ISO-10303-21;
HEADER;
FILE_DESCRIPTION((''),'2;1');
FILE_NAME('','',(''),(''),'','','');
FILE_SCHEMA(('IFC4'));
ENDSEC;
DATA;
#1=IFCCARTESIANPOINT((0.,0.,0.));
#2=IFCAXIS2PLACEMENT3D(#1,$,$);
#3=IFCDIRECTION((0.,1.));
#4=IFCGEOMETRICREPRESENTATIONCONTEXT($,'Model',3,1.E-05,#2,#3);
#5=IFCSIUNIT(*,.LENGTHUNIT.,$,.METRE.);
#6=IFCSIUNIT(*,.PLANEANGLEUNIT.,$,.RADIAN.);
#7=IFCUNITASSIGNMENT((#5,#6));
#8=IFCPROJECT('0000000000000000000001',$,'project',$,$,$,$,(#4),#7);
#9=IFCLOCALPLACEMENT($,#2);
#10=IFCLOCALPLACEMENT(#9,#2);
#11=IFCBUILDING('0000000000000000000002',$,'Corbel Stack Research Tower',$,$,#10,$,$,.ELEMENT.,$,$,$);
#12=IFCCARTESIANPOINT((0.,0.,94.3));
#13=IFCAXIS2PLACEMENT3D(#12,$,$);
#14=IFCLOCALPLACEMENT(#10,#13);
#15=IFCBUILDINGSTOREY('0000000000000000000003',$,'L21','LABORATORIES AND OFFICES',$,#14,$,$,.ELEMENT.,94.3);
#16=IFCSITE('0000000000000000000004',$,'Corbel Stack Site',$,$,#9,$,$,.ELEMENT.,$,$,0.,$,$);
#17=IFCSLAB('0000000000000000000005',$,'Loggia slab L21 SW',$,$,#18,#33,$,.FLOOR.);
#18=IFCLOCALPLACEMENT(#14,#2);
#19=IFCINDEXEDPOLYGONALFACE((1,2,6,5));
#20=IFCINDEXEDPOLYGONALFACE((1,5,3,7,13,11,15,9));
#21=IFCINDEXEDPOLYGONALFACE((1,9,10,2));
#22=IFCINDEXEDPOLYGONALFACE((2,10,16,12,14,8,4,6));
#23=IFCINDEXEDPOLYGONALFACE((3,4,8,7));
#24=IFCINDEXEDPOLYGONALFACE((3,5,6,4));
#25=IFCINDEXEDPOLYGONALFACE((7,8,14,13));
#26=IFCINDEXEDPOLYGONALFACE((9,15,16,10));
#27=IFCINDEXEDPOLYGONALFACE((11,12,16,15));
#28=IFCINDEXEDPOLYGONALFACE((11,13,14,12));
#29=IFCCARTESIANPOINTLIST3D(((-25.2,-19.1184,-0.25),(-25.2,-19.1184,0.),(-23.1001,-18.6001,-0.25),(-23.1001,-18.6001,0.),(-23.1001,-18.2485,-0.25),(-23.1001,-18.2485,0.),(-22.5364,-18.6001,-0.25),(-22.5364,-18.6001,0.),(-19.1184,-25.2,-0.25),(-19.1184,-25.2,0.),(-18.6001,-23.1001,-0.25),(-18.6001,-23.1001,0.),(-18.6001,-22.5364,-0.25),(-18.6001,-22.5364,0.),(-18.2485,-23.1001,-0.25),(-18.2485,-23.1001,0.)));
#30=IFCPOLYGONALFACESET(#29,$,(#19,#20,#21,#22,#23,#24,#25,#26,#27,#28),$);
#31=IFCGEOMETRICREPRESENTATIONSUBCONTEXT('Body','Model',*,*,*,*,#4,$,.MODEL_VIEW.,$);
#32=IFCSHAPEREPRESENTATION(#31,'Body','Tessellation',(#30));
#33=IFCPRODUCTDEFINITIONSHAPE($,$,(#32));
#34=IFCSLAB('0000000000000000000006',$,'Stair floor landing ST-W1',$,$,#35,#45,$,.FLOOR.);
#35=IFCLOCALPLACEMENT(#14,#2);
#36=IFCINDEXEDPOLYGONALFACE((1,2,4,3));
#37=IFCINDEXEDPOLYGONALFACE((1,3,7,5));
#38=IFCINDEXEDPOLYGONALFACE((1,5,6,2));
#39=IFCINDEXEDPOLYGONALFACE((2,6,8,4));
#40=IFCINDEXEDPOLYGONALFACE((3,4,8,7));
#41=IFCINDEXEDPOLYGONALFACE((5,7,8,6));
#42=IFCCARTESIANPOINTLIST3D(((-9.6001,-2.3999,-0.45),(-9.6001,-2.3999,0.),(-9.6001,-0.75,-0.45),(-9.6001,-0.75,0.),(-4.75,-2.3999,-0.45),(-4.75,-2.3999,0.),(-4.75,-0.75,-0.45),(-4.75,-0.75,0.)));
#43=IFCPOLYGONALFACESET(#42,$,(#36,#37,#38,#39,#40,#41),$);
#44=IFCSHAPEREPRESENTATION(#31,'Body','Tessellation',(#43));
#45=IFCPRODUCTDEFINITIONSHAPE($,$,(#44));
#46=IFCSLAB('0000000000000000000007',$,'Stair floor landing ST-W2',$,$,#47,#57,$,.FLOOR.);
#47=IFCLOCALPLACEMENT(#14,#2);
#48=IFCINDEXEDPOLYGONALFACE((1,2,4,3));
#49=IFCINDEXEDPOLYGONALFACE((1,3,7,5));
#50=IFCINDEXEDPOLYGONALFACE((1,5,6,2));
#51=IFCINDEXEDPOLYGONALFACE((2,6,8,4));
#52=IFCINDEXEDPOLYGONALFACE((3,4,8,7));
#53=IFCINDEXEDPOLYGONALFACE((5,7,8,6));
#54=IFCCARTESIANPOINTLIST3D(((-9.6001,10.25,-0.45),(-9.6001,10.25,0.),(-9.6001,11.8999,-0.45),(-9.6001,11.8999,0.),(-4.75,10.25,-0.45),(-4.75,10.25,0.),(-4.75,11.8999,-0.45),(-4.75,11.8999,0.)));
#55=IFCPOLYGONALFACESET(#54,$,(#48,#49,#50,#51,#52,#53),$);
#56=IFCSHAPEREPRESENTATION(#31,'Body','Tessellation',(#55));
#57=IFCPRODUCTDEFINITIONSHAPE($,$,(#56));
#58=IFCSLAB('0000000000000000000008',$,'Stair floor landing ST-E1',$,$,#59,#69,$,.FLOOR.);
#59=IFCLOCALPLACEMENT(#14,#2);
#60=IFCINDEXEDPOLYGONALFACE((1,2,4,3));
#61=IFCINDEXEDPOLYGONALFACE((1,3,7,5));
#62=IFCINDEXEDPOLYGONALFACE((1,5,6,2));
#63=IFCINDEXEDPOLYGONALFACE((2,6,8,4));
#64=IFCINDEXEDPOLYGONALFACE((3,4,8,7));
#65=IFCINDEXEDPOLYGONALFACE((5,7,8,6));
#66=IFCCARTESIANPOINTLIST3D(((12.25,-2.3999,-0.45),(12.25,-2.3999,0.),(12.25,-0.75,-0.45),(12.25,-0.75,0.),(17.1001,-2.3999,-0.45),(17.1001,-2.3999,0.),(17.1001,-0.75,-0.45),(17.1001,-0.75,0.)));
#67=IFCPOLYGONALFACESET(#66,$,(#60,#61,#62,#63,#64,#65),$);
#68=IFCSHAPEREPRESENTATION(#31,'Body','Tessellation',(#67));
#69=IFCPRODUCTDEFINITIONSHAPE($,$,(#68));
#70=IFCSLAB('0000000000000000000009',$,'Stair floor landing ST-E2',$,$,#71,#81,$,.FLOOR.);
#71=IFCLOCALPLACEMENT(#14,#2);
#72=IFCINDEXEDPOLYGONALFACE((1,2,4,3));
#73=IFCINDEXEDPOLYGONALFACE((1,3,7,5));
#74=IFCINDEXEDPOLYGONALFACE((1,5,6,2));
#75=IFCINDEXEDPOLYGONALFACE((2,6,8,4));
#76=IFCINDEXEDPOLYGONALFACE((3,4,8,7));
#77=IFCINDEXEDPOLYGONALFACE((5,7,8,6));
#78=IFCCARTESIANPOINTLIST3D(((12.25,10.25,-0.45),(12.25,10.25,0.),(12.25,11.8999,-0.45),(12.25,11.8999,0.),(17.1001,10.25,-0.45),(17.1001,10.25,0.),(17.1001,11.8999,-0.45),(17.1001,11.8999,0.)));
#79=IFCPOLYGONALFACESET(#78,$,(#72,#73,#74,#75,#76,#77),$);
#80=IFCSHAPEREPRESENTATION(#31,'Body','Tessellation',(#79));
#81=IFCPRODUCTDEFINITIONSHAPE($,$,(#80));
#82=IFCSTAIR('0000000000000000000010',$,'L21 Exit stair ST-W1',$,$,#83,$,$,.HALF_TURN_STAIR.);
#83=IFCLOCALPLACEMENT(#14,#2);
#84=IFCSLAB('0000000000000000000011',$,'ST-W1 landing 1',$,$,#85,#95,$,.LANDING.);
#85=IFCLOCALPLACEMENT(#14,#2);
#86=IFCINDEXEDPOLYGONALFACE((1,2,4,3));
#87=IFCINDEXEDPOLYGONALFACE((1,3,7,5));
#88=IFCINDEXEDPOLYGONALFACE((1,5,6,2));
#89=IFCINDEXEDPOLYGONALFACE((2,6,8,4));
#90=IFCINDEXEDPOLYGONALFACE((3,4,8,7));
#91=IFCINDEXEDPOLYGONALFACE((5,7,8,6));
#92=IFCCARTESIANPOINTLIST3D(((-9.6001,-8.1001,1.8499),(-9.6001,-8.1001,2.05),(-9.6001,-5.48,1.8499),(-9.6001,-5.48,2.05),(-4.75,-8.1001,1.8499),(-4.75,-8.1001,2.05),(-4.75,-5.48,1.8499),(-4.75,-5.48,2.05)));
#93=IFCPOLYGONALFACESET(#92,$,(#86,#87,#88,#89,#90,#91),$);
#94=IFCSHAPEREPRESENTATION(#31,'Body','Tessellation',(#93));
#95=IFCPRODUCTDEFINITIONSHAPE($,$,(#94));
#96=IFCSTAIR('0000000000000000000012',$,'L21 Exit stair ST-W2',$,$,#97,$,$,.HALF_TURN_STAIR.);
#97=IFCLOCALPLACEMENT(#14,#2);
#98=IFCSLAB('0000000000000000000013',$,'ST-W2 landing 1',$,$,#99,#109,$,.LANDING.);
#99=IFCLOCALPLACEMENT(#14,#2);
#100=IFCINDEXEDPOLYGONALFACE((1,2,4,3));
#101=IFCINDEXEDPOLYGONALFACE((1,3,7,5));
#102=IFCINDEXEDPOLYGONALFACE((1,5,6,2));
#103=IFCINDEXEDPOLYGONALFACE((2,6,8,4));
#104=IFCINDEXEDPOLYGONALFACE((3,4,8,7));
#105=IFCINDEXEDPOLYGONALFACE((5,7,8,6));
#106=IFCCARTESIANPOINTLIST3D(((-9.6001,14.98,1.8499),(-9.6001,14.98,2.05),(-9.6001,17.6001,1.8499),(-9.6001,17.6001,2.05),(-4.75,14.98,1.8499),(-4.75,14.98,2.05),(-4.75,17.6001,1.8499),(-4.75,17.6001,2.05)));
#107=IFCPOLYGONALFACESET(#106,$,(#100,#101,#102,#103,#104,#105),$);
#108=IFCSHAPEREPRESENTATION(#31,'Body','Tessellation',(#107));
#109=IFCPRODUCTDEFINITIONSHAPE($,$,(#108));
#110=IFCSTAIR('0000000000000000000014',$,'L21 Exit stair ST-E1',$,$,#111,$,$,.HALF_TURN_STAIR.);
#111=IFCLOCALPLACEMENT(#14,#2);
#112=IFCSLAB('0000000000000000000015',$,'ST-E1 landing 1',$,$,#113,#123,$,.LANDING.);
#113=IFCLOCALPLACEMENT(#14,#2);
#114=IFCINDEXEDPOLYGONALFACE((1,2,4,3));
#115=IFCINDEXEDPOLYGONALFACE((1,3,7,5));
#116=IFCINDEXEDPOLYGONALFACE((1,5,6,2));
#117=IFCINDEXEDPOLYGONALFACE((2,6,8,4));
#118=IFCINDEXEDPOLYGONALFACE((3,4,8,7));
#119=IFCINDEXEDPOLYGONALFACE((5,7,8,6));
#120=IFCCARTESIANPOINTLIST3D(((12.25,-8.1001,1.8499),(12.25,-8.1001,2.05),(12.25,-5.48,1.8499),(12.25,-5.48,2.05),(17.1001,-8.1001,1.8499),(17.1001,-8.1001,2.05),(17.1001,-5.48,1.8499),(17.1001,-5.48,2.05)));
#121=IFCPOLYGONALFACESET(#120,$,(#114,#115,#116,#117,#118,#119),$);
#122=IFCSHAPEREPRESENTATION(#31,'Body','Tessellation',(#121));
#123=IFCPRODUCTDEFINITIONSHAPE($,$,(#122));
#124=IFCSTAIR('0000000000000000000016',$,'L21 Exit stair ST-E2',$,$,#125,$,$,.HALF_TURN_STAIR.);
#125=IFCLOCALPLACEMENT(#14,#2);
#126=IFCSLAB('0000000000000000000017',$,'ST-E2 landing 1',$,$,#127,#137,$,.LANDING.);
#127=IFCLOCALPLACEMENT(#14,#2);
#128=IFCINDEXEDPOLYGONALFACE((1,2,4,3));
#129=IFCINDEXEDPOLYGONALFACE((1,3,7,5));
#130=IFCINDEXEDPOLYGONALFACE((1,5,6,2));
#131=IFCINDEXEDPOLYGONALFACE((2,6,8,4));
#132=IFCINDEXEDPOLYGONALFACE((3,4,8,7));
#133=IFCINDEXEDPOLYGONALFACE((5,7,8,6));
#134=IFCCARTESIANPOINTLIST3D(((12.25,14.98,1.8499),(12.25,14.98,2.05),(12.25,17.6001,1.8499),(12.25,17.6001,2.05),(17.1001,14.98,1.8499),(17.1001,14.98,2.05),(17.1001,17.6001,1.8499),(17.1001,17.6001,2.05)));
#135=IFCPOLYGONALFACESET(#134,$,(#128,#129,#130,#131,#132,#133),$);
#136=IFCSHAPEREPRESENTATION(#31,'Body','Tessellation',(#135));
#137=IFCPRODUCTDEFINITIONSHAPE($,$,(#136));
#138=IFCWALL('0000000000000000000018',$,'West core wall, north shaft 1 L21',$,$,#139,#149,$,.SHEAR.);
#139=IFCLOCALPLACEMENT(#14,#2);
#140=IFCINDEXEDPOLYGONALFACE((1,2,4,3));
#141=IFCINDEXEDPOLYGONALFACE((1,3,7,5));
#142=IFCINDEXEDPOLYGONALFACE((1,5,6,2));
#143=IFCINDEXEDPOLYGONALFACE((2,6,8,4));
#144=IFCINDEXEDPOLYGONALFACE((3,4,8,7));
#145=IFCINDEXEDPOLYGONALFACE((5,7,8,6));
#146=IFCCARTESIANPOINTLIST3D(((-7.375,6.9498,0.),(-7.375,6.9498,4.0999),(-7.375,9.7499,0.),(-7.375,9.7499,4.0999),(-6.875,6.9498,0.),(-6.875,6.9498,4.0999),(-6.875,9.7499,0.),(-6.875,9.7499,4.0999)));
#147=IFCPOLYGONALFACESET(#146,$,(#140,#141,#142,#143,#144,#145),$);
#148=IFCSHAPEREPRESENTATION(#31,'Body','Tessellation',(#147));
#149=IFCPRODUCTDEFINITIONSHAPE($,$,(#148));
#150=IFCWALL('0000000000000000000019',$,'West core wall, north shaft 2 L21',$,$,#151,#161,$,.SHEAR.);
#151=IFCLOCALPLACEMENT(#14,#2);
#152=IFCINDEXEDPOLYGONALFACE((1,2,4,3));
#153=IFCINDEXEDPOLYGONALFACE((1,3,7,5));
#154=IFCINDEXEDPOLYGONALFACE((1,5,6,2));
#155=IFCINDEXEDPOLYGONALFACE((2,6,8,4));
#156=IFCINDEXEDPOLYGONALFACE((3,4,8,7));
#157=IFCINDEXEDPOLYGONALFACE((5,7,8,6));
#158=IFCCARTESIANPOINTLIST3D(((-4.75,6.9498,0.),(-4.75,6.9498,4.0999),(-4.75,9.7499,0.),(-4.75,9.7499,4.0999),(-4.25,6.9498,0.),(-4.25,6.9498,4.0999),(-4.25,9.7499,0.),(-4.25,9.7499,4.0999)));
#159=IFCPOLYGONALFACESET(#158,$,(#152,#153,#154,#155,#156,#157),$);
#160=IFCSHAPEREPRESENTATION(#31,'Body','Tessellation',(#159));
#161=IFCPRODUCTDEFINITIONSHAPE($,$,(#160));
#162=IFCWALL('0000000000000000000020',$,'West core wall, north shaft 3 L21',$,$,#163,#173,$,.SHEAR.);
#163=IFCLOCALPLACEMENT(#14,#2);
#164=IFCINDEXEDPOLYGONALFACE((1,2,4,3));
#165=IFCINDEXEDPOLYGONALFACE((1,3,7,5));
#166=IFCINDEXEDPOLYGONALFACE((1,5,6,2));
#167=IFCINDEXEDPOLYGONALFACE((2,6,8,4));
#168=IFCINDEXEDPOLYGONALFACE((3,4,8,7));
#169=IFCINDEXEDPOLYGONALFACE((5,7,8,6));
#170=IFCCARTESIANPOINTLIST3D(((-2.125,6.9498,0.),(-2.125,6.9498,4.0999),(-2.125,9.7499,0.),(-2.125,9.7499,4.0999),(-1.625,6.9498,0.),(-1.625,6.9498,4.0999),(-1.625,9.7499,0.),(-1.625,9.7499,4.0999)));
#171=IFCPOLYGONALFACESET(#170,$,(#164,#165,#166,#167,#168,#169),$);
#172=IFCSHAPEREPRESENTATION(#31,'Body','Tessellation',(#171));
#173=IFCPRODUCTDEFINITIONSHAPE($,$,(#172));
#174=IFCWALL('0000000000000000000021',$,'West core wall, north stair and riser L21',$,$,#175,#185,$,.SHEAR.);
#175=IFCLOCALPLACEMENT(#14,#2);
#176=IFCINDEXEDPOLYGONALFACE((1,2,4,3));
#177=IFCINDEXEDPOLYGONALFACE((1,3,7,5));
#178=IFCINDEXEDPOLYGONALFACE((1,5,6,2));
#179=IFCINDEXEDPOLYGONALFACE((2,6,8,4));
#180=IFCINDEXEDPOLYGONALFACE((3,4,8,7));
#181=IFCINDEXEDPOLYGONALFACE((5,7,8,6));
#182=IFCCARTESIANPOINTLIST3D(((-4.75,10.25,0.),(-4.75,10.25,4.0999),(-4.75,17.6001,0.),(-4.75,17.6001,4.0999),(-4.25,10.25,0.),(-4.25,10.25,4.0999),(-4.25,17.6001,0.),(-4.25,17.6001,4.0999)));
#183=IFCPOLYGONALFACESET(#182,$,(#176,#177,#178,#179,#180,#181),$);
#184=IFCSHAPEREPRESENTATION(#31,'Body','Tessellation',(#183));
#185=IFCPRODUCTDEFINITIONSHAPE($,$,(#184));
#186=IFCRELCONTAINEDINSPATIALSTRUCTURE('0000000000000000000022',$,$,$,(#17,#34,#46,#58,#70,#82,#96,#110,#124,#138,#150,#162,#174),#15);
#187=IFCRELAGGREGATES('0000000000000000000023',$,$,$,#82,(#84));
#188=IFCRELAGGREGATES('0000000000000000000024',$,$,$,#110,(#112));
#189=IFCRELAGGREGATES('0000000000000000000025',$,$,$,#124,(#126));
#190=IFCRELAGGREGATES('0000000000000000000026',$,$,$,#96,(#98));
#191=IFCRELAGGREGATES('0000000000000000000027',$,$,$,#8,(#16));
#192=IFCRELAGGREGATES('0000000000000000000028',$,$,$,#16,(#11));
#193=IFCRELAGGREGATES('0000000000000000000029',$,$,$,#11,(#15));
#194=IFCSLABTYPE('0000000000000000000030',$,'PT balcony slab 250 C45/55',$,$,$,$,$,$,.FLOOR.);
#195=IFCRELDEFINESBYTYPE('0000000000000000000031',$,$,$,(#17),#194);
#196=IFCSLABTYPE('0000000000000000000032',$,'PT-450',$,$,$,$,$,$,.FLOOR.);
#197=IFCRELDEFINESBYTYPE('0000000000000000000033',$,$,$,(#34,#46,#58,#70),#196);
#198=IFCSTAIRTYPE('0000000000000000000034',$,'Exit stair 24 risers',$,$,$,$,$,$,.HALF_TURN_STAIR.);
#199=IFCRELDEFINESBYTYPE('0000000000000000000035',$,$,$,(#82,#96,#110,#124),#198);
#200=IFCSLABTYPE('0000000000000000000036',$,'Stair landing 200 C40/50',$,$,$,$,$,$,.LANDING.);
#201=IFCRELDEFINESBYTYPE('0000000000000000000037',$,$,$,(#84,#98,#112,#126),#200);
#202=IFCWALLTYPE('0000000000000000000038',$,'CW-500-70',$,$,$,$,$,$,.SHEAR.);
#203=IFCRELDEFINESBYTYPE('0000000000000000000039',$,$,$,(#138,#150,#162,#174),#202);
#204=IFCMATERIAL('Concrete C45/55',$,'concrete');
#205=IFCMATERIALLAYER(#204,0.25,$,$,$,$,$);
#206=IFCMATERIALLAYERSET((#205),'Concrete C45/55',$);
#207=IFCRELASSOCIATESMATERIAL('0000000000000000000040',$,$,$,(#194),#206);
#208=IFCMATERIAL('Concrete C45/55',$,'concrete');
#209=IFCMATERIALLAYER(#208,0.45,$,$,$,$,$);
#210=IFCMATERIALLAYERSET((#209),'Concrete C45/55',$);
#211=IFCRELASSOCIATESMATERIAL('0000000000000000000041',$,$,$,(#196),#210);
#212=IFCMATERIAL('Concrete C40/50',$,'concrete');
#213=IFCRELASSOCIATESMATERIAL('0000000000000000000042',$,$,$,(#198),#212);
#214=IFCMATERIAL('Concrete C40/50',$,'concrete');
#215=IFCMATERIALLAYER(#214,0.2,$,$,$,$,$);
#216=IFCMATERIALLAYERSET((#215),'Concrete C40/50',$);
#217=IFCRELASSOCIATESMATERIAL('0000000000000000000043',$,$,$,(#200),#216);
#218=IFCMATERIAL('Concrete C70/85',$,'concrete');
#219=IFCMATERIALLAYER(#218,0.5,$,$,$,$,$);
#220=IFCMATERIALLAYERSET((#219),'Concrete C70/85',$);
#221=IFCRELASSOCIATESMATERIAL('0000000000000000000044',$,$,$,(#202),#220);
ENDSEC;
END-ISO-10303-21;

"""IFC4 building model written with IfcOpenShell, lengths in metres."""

from ifc_helpers import new_model, si_unit, direction, frame, frame_2d, origin, place, context, subcontext, project, spatial, polyline, rectangle, outline, extrude, material, layer, layer_set, type_object, element, aggregate, save


model = new_model("IFC4")

# Units and contexts
model_context = context("Model", 3, precision=1e-05, world=origin(), true_north=direction((0.0, 1.0)))
body_context = subcontext(model_context, "Body", "Model", "MODEL_VIEW")
ifc_project = project(units=[si_unit("LENGTHUNIT", "METRE"), si_unit("PLANEANGLEUNIT", "RADIAN")], contexts=[model_context])

# Site, building, storey
site_placement = place(None, origin())
site = spatial("IfcSite", under=ifc_project, at=site_placement, Name="Corbel Stack Site", CompositionType="ELEMENT", RefElevation=0.0)
building_placement = place(site_placement, origin())
building = spatial("IfcBuilding", under=site, at=building_placement, Name="Corbel Stack Research Tower", CompositionType="ELEMENT")
storey_placement = place(building_placement, frame((0.0, 0.0, 94.3)))
storey = spatial("IfcBuildingStorey", under=building, at=storey_placement, Name="L21", Description="LABORATORIES AND OFFICES", CompositionType="ELEMENT", Elevation=94.3)

# Slabs
ifc_material_1 = material(Name="Concrete C45/55", Category="concrete")
ifc_layer_1 = layer(ifc_material_1, 0.25)
ifc_layer_set_1 = layer_set([ifc_layer_1], Name="Concrete C45/55")
slab_type_1 = type_object("IfcSlabType", Name="PT balcony slab 250 C45/55", PredefinedType="FLOOR", material=ifc_layer_set_1)
slab_1_placement = place(storey_placement, frame((0.0, 0.0, -0.25)))
element("IfcSlab", 1, at=slab_1_placement, inside=storey, type_object=slab_type_1, Name="Loggia slab L21 SW", PredefinedType="FLOOR", context=body_context, shape_type="SweptSolid", body=[
    extrude(outline(polyline([(-18.2485, -23.1001), (-18.6001, -23.1001), (-18.6001, -22.5364), (-22.5364, -18.6001), (-23.1001, -18.6001), (-23.1001, -18.2485), (-25.2, -19.1184), (-19.1184, -25.2), (-18.2485, -23.1001)])), origin(), (0.0, 0.0, 1.0), 0.25),
])
ifc_material_2 = material(Name="Concrete C45/55", Category="concrete")
ifc_layer_2 = layer(ifc_material_2, 0.45)
ifc_layer_set_2 = layer_set([ifc_layer_2], Name="Concrete C45/55")
slab_type_2 = type_object("IfcSlabType", Name="PT-450", PredefinedType="FLOOR", material=ifc_layer_set_2)
slab_2_placement = place(storey_placement, frame((0.0, 0.0, -0.45)))
element("IfcSlab", 2, at=slab_2_placement, inside=storey, type_object=slab_type_2, Name="Stair floor landing ST-W1", PredefinedType="FLOOR", context=body_context, shape_type="SweptSolid", body=[
    extrude(outline(polyline([(-9.6001, -2.3999), (-4.75, -2.3999), (-4.75, -0.75), (-9.6001, -0.75), (-9.6001, -2.3999)])), origin(), (0.0, 0.0, 1.0), 0.45),
])
slab_3_placement = place(storey_placement, frame((0.0, 0.0, -0.45)))
element("IfcSlab", 3, at=slab_3_placement, inside=storey, type_object=slab_type_2, Name="Stair floor landing ST-W2", PredefinedType="FLOOR", context=body_context, shape_type="SweptSolid", body=[
    extrude(outline(polyline([(-9.6001, 10.25), (-4.75, 10.25), (-4.75, 11.8999), (-9.6001, 11.8999), (-9.6001, 10.25)])), origin(), (0.0, 0.0, 1.0), 0.45),
])
slab_4_placement = place(storey_placement, frame((0.0, 0.0, -0.45)))
element("IfcSlab", 4, at=slab_4_placement, inside=storey, type_object=slab_type_2, Name="Stair floor landing ST-E1", PredefinedType="FLOOR", context=body_context, shape_type="SweptSolid", body=[
    extrude(outline(polyline([(12.25, -2.3999), (17.1001, -2.3999), (17.1001, -0.75), (12.25, -0.75), (12.25, -2.3999)])), origin(), (0.0, 0.0, 1.0), 0.45),
])
slab_5_placement = place(storey_placement, frame((0.0, 0.0, -0.45)))
element("IfcSlab", 5, at=slab_5_placement, inside=storey, type_object=slab_type_2, Name="Stair floor landing ST-E2", PredefinedType="FLOOR", context=body_context, shape_type="SweptSolid", body=[
    extrude(outline(polyline([(12.25, 10.25), (17.1001, 10.25), (17.1001, 11.8999), (12.25, 11.8999), (12.25, 10.25)])), origin(), (0.0, 0.0, 1.0), 0.45),
])

# Stairs, slabs
ifc_material_3 = material(Name="Concrete C40/50", Category="concrete")
stair_type = type_object("IfcStairType", Name="Exit stair 24 risers", PredefinedType="HALF_TURN_STAIR", material=ifc_material_3)
stair_1_placement = place(storey_placement, origin())
stair_1 = element("IfcStair", 6, at=stair_1_placement, inside=storey, type_object=stair_type, Name="L21 Exit stair ST-W1", PredefinedType="HALF_TURN_STAIR")
ifc_material_4 = material(Name="Concrete C40/50", Category="concrete")
ifc_layer_3 = layer(ifc_material_4, 0.2)
ifc_layer_set_3 = layer_set([ifc_layer_3], Name="Concrete C40/50")
slab_type_3 = type_object("IfcSlabType", Name="Stair landing 200 C40/50", PredefinedType="LANDING", material=ifc_layer_set_3)
slab_6_placement = place(storey_placement, frame((0.0, 0.0, 1.8499)))
slab_6 = element("IfcSlab", 7, at=slab_6_placement, type_object=slab_type_3, Name="ST-W1 landing 1", PredefinedType="LANDING", context=body_context, shape_type="SweptSolid", body=[
    extrude(outline(polyline([(-9.6001, -8.1001), (-9.6001, -5.48), (-4.75, -5.48), (-4.75, -8.1001), (-9.6001, -8.1001)])), origin(), (0.0, 0.0, 1.0), 0.2002),
])
aggregate(stair_1, [slab_6])
stair_2_placement = place(storey_placement, origin())
stair_2 = element("IfcStair", 8, at=stair_2_placement, inside=storey, type_object=stair_type, Name="L21 Exit stair ST-W2", PredefinedType="HALF_TURN_STAIR")
slab_7_placement = place(storey_placement, frame((0.0, 0.0, 1.8499)))
slab_7 = element("IfcSlab", 9, at=slab_7_placement, type_object=slab_type_3, Name="ST-W2 landing 1", PredefinedType="LANDING", context=body_context, shape_type="SweptSolid", body=[
    extrude(outline(polyline([(-9.6001, 14.98), (-9.6001, 17.6001), (-4.75, 17.6001), (-4.75, 14.98), (-9.6001, 14.98)])), origin(), (0.0, 0.0, 1.0), 0.2002),
])
stair_3_placement = place(storey_placement, origin())
stair_3 = element("IfcStair", 10, at=stair_3_placement, inside=storey, type_object=stair_type, Name="L21 Exit stair ST-E1", PredefinedType="HALF_TURN_STAIR")
slab_8_placement = place(storey_placement, frame((0.0, 0.0, 1.8499)))
slab_8 = element("IfcSlab", 11, at=slab_8_placement, type_object=slab_type_3, Name="ST-E1 landing 1", PredefinedType="LANDING", context=body_context, shape_type="SweptSolid", body=[
    extrude(outline(polyline([(12.25, -8.1001), (12.25, -5.48), (17.1001, -5.48), (17.1001, -8.1001), (12.25, -8.1001)])), origin(), (0.0, 0.0, 1.0), 0.2002),
])
aggregate(stair_3, [slab_8])
stair_4_placement = place(storey_placement, origin())
stair_4 = element("IfcStair", 12, at=stair_4_placement, inside=storey, type_object=stair_type, Name="L21 Exit stair ST-E2", PredefinedType="HALF_TURN_STAIR")
slab_9_placement = place(storey_placement, frame((0.0, 0.0, 1.8499)))
slab_9 = element("IfcSlab", 13, at=slab_9_placement, type_object=slab_type_3, Name="ST-E2 landing 1", PredefinedType="LANDING", context=body_context, shape_type="SweptSolid", body=[
    extrude(outline(polyline([(12.25, 14.98), (12.25, 17.6001), (17.1001, 17.6001), (17.1001, 14.98), (12.25, 14.98)])), origin(), (0.0, 0.0, 1.0), 0.2002),
])
aggregate(stair_4, [slab_9])

# Walls
ifc_material_5 = material(Name="Concrete C70/85", Category="concrete")
ifc_layer_4 = layer(ifc_material_5, 0.5)
ifc_layer_set_4 = layer_set([ifc_layer_4], Name="Concrete C70/85")
wall_type_1 = type_object("IfcWallType", Name="CW-500-70", PredefinedType="SHEAR", material=ifc_layer_set_4)
for number, where, z_axis, x_axis, name in (
    (14, (-7.125, 6.95, 0.0), (0.0, 0.0, 1.0), (0.0, 1.0, 0.0), "West core wall, north shaft 1 L21"),
    (15, (-4.5, 6.95, 0.0), (0.0, 0.0, 1.0), (0.0, 1.0, 0.0), "West core wall, north shaft 2 L21"),
    (16, (-1.875, 6.95, 0.0), (0.0, 0.0, 1.0), (0.0, 1.0, 0.0), "West core wall, north shaft 3 L21"),
):
    element("IfcWall", number, at=place(storey_placement, frame(where, z_axis=z_axis, x_axis=x_axis)), inside=storey, type_object=wall_type_1, Name=name, PredefinedType="SHEAR", context=body_context, shape_type="SweptSolid", body=[
        extrude(rectangle(XDim=2.8, YDim=0.5, at=frame_2d((1.3999, 0.0))), origin(), (0.0, 0.0, 1.0), 4.0999),
    ])
wall_1_placement = place(storey_placement, frame((-4.5, 10.25, 0.0), z_axis=(0.0, 0.0, 1.0), x_axis=(0.0, 1.0, 0.0)))
element("IfcWall", 17, at=wall_1_placement, inside=storey, type_object=wall_type_1, Name="West core wall, north stair and riser L21", PredefinedType="SHEAR", context=body_context, shape_type="SweptSolid", body=[
    extrude(rectangle(XDim=7.3501, YDim=0.5, at=frame_2d((3.675, 0.0))), origin(), (0.0, 0.0, 1.0), 4.0999),
])

aggregate(stair_2, [slab_7])

save(model, "model.ifc")
